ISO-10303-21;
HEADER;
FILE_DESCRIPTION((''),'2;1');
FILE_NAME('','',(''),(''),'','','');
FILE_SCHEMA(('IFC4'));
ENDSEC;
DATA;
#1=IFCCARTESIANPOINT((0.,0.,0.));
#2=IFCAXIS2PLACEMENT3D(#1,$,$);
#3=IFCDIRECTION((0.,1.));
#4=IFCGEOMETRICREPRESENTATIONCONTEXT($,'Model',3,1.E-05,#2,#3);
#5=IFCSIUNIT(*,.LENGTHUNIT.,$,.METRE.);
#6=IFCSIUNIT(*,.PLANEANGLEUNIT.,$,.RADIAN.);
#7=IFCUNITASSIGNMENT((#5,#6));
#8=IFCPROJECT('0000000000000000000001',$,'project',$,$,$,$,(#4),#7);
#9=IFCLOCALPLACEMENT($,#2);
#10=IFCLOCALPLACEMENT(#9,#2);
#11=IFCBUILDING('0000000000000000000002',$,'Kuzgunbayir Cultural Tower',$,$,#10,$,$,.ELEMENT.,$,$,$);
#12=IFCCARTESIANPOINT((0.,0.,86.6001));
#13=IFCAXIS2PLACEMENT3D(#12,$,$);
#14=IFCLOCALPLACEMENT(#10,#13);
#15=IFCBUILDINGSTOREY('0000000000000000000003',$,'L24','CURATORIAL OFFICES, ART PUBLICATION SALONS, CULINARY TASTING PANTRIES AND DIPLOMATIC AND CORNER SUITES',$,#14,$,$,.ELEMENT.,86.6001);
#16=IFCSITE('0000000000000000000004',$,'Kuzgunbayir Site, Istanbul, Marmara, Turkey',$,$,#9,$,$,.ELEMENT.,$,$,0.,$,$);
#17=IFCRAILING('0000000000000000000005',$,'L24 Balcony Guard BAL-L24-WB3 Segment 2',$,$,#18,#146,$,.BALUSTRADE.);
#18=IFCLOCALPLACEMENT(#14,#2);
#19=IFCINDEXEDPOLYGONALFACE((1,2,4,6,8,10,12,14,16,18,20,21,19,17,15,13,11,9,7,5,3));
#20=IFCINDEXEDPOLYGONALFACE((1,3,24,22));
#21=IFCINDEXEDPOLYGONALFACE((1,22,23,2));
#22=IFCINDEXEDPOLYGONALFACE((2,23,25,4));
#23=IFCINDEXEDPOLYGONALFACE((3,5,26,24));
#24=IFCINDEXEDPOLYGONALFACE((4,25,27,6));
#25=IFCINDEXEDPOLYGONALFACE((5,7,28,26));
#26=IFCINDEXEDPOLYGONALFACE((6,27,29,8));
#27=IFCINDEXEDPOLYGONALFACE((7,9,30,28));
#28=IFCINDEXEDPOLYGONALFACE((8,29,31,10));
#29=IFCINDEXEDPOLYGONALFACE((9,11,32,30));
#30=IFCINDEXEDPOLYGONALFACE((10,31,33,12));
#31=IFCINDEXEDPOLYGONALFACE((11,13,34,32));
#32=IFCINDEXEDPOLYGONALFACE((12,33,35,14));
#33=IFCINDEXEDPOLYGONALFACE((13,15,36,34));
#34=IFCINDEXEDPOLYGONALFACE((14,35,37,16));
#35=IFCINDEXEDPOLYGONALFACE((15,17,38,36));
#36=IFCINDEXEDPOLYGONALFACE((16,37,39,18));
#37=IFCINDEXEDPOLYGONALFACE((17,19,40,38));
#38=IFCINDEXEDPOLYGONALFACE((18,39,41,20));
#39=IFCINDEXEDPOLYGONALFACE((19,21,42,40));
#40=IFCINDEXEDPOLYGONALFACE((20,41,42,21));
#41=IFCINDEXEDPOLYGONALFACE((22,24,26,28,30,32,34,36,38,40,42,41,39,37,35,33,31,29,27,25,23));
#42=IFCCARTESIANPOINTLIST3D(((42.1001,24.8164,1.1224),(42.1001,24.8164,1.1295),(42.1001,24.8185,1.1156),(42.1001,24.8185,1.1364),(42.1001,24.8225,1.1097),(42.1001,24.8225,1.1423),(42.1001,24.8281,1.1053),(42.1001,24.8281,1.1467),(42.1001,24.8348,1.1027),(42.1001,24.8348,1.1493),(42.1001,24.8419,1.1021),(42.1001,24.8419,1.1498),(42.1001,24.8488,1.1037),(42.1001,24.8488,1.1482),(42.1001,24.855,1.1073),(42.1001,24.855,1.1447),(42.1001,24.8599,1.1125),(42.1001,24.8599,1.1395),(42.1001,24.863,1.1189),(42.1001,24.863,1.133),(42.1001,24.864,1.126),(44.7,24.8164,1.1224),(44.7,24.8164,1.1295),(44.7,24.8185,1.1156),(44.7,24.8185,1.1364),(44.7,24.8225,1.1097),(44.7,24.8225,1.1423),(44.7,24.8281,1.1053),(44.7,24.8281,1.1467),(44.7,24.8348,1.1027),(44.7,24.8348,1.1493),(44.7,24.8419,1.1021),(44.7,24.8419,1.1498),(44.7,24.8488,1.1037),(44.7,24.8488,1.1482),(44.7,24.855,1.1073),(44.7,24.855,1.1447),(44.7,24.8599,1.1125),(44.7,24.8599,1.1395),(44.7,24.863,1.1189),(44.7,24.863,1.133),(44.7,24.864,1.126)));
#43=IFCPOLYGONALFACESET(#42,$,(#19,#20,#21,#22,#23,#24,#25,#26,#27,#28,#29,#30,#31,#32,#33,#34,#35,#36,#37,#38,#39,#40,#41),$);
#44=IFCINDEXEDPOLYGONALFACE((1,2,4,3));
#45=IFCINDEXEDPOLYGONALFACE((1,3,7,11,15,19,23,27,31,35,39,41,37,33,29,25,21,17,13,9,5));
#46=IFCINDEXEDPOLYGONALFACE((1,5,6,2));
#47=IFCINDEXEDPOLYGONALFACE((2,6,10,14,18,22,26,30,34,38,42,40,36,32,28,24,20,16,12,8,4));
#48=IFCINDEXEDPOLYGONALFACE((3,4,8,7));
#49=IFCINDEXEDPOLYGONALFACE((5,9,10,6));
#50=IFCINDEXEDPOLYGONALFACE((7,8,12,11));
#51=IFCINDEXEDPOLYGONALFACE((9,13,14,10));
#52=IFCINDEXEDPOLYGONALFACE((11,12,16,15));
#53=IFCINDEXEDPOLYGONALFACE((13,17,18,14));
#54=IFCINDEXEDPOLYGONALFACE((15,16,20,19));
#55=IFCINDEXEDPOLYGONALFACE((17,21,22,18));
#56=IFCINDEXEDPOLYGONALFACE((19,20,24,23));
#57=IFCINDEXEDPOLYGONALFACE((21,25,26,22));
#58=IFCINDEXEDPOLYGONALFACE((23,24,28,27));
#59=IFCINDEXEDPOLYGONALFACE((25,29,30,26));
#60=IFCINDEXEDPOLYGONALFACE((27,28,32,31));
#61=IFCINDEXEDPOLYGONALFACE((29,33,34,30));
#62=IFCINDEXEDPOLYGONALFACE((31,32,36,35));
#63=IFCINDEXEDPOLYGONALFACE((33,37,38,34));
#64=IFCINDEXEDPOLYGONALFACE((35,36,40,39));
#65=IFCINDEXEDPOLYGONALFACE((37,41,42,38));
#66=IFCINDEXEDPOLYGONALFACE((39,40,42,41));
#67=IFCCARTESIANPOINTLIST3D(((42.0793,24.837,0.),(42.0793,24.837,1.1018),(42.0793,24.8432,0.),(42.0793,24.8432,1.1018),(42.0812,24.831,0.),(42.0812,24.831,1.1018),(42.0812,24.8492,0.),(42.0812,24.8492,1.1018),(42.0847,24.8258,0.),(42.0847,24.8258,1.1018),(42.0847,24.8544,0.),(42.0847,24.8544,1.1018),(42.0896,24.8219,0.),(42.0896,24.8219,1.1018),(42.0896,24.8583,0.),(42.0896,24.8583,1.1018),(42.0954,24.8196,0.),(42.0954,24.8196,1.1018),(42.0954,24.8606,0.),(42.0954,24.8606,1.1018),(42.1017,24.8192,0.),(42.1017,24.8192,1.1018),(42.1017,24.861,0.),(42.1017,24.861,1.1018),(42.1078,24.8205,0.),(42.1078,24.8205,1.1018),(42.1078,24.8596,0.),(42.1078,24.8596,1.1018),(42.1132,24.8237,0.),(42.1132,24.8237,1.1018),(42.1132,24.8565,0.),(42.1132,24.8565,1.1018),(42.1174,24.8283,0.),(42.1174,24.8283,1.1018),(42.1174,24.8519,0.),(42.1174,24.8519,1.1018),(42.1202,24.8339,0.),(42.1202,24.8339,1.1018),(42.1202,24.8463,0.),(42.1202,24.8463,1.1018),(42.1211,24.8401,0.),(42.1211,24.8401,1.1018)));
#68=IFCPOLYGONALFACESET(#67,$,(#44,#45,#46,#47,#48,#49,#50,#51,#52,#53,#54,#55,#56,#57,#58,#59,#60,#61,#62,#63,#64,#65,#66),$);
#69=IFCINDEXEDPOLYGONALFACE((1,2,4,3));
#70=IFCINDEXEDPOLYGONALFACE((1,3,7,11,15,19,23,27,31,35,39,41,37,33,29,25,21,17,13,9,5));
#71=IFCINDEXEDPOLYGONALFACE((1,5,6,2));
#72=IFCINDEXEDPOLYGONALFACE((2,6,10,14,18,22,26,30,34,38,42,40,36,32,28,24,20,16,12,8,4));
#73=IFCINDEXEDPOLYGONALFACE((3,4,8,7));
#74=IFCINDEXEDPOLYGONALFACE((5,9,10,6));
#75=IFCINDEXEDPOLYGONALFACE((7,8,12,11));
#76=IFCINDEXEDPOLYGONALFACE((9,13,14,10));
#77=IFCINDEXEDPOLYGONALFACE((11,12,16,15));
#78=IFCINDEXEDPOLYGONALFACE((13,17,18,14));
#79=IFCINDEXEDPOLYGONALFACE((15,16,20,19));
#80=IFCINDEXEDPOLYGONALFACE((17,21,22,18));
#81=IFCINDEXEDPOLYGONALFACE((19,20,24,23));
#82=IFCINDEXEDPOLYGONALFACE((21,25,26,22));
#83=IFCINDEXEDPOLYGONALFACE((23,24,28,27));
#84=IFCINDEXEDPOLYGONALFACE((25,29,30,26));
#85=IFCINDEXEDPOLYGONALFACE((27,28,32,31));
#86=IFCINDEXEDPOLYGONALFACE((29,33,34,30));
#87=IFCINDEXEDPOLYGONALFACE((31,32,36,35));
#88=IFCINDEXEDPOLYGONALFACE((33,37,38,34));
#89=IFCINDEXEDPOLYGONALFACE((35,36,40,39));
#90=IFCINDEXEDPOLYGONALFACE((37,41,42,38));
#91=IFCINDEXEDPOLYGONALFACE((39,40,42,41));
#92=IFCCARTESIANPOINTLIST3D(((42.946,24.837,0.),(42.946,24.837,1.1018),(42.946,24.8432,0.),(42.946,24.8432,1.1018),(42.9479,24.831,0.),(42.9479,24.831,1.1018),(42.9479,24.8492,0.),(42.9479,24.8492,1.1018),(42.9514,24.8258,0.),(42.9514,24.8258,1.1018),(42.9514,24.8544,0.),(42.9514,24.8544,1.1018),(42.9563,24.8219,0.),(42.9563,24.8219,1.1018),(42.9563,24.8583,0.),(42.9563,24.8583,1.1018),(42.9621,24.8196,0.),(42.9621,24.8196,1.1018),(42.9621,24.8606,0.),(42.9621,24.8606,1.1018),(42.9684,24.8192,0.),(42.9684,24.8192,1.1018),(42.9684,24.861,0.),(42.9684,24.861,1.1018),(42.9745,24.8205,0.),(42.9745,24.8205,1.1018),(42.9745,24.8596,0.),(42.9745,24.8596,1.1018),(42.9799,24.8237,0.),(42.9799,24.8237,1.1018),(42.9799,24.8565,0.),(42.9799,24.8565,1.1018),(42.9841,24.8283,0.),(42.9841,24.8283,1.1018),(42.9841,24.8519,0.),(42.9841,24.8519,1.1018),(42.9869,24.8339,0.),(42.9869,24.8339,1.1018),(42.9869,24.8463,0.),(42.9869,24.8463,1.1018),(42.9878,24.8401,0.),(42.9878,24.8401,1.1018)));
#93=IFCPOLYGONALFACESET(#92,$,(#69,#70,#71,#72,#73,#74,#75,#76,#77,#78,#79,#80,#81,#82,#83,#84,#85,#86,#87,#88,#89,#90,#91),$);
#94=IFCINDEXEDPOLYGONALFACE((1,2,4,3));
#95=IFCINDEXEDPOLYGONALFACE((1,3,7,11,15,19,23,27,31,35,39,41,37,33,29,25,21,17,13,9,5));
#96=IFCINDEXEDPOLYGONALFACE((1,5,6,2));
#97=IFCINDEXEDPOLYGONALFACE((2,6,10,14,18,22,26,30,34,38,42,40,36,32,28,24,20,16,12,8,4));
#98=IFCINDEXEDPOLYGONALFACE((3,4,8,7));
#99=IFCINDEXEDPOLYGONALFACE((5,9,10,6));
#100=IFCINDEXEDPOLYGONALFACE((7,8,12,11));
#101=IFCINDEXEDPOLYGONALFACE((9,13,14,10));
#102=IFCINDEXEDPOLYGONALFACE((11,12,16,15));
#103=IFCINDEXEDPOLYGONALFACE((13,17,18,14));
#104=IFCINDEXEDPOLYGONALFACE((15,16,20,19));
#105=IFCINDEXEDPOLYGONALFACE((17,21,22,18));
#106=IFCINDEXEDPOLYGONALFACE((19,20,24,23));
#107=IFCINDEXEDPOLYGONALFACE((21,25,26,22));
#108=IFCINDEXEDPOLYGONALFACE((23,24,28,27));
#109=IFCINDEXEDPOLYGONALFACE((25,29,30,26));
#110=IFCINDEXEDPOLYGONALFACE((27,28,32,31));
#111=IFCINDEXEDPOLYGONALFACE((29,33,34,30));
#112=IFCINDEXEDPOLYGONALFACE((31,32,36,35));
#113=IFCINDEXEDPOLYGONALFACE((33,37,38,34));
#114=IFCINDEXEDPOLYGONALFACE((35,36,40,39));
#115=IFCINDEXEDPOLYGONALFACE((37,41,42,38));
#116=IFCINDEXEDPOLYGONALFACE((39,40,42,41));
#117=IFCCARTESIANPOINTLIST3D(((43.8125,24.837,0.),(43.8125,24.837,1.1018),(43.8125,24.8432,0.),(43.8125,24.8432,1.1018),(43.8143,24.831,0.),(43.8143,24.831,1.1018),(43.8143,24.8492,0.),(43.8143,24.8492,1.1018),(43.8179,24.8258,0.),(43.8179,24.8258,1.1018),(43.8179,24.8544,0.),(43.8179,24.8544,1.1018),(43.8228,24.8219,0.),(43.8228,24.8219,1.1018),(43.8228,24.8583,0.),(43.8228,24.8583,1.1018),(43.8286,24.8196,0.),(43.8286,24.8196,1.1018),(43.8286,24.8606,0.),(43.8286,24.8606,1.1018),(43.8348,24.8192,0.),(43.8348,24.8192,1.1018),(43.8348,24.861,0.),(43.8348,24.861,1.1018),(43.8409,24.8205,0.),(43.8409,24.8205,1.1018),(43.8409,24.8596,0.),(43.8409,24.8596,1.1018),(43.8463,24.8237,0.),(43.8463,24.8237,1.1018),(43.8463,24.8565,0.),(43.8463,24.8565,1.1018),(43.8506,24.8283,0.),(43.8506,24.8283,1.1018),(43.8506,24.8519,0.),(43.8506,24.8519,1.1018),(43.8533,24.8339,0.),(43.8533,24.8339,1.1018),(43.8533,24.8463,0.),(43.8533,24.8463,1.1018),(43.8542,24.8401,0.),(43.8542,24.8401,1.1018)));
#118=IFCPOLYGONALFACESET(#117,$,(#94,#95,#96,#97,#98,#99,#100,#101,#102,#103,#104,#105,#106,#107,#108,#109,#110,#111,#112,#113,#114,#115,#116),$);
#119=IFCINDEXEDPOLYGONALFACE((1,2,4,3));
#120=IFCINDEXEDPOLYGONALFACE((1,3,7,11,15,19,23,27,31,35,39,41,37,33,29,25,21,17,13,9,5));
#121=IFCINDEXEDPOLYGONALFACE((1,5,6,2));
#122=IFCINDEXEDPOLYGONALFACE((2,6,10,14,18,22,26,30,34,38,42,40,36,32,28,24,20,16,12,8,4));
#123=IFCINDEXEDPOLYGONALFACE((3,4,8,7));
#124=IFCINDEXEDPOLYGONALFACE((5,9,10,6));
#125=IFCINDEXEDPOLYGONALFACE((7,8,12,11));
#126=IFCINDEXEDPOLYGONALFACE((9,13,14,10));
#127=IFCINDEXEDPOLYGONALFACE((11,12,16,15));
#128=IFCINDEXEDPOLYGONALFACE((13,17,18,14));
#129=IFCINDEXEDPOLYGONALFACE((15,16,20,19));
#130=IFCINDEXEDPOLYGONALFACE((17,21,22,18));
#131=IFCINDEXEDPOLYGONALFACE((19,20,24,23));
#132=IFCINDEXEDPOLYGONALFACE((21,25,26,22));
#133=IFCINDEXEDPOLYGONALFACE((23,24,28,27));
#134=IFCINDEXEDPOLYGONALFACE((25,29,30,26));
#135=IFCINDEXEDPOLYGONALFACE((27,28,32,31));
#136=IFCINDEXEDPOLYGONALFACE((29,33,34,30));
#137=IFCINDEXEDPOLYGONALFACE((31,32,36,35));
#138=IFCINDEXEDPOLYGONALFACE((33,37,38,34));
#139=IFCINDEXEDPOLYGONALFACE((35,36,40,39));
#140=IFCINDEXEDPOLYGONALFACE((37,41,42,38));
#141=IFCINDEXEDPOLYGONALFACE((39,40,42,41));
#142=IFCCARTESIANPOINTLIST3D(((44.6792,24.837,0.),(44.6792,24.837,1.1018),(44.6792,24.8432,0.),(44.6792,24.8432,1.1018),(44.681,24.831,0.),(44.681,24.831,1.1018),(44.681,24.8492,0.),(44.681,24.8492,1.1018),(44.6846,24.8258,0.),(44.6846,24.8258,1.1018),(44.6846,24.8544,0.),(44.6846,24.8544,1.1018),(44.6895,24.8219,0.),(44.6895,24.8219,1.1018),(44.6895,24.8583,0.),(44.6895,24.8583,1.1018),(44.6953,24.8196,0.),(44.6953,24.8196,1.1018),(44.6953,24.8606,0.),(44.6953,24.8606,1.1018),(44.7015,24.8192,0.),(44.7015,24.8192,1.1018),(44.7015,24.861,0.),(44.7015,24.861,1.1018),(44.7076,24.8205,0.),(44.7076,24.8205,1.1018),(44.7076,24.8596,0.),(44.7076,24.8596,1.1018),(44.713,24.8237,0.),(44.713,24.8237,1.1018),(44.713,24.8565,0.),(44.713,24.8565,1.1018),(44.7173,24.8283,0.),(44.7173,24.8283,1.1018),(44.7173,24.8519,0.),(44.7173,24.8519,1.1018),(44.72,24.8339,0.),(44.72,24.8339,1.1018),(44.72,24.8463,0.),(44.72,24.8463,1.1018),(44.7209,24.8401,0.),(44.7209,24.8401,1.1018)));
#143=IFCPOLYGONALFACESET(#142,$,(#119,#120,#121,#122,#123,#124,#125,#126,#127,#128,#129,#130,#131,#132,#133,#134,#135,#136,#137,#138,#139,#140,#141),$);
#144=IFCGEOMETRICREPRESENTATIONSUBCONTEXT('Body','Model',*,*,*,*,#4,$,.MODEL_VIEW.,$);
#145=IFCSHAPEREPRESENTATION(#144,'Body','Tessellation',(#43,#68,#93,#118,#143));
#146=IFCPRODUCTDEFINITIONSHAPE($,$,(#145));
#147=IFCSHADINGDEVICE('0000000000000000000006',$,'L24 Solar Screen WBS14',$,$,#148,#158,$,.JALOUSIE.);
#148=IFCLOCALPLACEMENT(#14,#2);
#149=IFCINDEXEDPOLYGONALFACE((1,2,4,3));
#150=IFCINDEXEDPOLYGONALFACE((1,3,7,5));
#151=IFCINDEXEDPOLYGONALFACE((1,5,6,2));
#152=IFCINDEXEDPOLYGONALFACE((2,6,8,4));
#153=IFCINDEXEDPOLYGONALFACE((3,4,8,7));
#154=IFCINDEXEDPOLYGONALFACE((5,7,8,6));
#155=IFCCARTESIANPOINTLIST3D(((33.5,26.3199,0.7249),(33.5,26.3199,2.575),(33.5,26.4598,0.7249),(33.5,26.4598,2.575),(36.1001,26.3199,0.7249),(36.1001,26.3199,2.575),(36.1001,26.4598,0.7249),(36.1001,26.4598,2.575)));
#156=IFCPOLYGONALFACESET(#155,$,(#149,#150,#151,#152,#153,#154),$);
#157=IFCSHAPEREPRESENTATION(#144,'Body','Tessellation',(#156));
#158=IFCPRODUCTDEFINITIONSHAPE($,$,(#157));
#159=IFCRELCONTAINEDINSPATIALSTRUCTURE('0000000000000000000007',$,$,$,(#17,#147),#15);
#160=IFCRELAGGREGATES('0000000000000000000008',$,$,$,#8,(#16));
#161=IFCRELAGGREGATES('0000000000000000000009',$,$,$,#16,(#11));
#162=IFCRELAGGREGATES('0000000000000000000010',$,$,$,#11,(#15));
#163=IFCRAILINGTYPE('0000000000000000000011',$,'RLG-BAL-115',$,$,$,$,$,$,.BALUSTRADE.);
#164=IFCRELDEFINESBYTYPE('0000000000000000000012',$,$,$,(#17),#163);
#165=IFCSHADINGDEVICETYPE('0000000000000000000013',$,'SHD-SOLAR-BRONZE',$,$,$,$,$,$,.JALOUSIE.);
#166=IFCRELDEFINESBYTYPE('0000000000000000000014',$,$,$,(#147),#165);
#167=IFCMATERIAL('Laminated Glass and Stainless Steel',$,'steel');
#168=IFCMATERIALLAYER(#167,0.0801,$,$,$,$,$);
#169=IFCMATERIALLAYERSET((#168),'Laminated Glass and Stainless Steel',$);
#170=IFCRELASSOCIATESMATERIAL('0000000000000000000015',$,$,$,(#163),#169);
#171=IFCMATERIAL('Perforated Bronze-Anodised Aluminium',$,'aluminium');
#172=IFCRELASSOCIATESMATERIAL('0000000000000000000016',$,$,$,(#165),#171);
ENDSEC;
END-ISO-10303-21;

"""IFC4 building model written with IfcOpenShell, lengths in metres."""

from ifc_helpers import new_model, si_unit, direction, frame, origin, origin_2d, place, context, subcontext, project, spatial, rectangle, circle, extrude, material, layer, layer_set, type_object, element, save


model = new_model("IFC4")

# Units and contexts
model_context = context("Model", 3, precision=1e-05, world=origin(), true_north=direction((0.0, 1.0)))
body_context = subcontext(model_context, "Body", "Model", "MODEL_VIEW")
ifc_project = project(units=[si_unit("LENGTHUNIT", "METRE"), si_unit("PLANEANGLEUNIT", "RADIAN")], contexts=[model_context])

# Site, building, storey
site_placement = place(None, origin())
site = spatial("IfcSite", under=ifc_project, at=site_placement, Name="Kuzgunbayir Site, Istanbul, Marmara, Turkey", CompositionType="ELEMENT", RefElevation=0.0)
building_placement = place(site_placement, origin())
building = spatial("IfcBuilding", under=site, at=building_placement, Name="Kuzgunbayir Cultural Tower", CompositionType="ELEMENT")
storey_placement = place(building_placement, frame((0.0, 0.0, 86.6001)))
storey = spatial("IfcBuildingStorey", under=building, at=storey_placement, Name="L24", Description="CURATORIAL OFFICES, ART PUBLICATION SALONS, CULINARY TASTING PANTRIES AND DIPLOMATIC AND CORNER SUITES", CompositionType="ELEMENT", Elevation=86.6001)

# Railing
ifc_material_1 = material(Name="Laminated Glass and Stainless Steel", Category="steel")
ifc_layer_1 = layer(ifc_material_1, 0.0801)
ifc_layer_set_1 = layer_set([ifc_layer_1], Name="Laminated Glass and Stainless Steel")
railing_type = type_object("IfcRailingType", Name="RLG-BAL-115", PredefinedType="BALUSTRADE", material=ifc_layer_set_1)
railing_1_placement = place(storey_placement, frame((42.1001, 24.8401, 0.0)))
element("IfcRailing", 1, at=railing_1_placement, inside=storey, type_object=railing_type, Name="L24 Balcony Guard BAL-L24-WB3 Segment 2", PredefinedType="BALUSTRADE", context=body_context, shape_type="SweptSolid", body=[
    extrude(circle(Radius=0.0239, at=origin_2d()), frame((0.0, 0.0, 1.126), z_axis=(1.0, 0.0, 0.0), x_axis=(0.0, 1.0, 0.0)), (0.0, 0.0, 1.0), 2.5999),
    extrude(circle(Radius=0.021, at=origin_2d()), origin(), (0.0, 0.0, 1.0), 1.1018),
    extrude(circle(Radius=0.021, at=origin_2d()), frame((0.8667, 0.0, 0.0)), (0.0, 0.0, 1.0), 1.1018),
    extrude(circle(Radius=0.021, at=origin_2d()), frame((1.7332, 0.0, 0.0)), (0.0, 0.0, 1.0), 1.1018),
    extrude(circle(Radius=0.021, at=origin_2d()), frame((2.5999, 0.0, 0.0)), (0.0, 0.0, 1.0), 1.1018),
])

# Shading device
ifc_material_2 = material(Name="Perforated Bronze-Anodised Aluminium", Category="aluminium")
shading_device_type = type_object("IfcShadingDeviceType", Name="SHD-SOLAR-BRONZE", PredefinedType="JALOUSIE", material=ifc_material_2)
shading_device_placement = place(storey_placement, frame((34.8, 26.3899, 0.7249), z_axis=(0.0, 0.0, 1.0), x_axis=(1.0, 0.0, 0.0)))
element("IfcShadingDevice", 2, at=shading_device_placement, inside=storey, type_object=shading_device_type, Name="L24 Solar Screen WBS14", PredefinedType="JALOUSIE", context=body_context, shape_type="SweptSolid", body=[
    extrude(rectangle(XDim=2.6001, YDim=0.1399, at=origin_2d()), origin(), (0.0, 0.0, 1.0), 1.8501),
])

save(model, "model.ifc")
